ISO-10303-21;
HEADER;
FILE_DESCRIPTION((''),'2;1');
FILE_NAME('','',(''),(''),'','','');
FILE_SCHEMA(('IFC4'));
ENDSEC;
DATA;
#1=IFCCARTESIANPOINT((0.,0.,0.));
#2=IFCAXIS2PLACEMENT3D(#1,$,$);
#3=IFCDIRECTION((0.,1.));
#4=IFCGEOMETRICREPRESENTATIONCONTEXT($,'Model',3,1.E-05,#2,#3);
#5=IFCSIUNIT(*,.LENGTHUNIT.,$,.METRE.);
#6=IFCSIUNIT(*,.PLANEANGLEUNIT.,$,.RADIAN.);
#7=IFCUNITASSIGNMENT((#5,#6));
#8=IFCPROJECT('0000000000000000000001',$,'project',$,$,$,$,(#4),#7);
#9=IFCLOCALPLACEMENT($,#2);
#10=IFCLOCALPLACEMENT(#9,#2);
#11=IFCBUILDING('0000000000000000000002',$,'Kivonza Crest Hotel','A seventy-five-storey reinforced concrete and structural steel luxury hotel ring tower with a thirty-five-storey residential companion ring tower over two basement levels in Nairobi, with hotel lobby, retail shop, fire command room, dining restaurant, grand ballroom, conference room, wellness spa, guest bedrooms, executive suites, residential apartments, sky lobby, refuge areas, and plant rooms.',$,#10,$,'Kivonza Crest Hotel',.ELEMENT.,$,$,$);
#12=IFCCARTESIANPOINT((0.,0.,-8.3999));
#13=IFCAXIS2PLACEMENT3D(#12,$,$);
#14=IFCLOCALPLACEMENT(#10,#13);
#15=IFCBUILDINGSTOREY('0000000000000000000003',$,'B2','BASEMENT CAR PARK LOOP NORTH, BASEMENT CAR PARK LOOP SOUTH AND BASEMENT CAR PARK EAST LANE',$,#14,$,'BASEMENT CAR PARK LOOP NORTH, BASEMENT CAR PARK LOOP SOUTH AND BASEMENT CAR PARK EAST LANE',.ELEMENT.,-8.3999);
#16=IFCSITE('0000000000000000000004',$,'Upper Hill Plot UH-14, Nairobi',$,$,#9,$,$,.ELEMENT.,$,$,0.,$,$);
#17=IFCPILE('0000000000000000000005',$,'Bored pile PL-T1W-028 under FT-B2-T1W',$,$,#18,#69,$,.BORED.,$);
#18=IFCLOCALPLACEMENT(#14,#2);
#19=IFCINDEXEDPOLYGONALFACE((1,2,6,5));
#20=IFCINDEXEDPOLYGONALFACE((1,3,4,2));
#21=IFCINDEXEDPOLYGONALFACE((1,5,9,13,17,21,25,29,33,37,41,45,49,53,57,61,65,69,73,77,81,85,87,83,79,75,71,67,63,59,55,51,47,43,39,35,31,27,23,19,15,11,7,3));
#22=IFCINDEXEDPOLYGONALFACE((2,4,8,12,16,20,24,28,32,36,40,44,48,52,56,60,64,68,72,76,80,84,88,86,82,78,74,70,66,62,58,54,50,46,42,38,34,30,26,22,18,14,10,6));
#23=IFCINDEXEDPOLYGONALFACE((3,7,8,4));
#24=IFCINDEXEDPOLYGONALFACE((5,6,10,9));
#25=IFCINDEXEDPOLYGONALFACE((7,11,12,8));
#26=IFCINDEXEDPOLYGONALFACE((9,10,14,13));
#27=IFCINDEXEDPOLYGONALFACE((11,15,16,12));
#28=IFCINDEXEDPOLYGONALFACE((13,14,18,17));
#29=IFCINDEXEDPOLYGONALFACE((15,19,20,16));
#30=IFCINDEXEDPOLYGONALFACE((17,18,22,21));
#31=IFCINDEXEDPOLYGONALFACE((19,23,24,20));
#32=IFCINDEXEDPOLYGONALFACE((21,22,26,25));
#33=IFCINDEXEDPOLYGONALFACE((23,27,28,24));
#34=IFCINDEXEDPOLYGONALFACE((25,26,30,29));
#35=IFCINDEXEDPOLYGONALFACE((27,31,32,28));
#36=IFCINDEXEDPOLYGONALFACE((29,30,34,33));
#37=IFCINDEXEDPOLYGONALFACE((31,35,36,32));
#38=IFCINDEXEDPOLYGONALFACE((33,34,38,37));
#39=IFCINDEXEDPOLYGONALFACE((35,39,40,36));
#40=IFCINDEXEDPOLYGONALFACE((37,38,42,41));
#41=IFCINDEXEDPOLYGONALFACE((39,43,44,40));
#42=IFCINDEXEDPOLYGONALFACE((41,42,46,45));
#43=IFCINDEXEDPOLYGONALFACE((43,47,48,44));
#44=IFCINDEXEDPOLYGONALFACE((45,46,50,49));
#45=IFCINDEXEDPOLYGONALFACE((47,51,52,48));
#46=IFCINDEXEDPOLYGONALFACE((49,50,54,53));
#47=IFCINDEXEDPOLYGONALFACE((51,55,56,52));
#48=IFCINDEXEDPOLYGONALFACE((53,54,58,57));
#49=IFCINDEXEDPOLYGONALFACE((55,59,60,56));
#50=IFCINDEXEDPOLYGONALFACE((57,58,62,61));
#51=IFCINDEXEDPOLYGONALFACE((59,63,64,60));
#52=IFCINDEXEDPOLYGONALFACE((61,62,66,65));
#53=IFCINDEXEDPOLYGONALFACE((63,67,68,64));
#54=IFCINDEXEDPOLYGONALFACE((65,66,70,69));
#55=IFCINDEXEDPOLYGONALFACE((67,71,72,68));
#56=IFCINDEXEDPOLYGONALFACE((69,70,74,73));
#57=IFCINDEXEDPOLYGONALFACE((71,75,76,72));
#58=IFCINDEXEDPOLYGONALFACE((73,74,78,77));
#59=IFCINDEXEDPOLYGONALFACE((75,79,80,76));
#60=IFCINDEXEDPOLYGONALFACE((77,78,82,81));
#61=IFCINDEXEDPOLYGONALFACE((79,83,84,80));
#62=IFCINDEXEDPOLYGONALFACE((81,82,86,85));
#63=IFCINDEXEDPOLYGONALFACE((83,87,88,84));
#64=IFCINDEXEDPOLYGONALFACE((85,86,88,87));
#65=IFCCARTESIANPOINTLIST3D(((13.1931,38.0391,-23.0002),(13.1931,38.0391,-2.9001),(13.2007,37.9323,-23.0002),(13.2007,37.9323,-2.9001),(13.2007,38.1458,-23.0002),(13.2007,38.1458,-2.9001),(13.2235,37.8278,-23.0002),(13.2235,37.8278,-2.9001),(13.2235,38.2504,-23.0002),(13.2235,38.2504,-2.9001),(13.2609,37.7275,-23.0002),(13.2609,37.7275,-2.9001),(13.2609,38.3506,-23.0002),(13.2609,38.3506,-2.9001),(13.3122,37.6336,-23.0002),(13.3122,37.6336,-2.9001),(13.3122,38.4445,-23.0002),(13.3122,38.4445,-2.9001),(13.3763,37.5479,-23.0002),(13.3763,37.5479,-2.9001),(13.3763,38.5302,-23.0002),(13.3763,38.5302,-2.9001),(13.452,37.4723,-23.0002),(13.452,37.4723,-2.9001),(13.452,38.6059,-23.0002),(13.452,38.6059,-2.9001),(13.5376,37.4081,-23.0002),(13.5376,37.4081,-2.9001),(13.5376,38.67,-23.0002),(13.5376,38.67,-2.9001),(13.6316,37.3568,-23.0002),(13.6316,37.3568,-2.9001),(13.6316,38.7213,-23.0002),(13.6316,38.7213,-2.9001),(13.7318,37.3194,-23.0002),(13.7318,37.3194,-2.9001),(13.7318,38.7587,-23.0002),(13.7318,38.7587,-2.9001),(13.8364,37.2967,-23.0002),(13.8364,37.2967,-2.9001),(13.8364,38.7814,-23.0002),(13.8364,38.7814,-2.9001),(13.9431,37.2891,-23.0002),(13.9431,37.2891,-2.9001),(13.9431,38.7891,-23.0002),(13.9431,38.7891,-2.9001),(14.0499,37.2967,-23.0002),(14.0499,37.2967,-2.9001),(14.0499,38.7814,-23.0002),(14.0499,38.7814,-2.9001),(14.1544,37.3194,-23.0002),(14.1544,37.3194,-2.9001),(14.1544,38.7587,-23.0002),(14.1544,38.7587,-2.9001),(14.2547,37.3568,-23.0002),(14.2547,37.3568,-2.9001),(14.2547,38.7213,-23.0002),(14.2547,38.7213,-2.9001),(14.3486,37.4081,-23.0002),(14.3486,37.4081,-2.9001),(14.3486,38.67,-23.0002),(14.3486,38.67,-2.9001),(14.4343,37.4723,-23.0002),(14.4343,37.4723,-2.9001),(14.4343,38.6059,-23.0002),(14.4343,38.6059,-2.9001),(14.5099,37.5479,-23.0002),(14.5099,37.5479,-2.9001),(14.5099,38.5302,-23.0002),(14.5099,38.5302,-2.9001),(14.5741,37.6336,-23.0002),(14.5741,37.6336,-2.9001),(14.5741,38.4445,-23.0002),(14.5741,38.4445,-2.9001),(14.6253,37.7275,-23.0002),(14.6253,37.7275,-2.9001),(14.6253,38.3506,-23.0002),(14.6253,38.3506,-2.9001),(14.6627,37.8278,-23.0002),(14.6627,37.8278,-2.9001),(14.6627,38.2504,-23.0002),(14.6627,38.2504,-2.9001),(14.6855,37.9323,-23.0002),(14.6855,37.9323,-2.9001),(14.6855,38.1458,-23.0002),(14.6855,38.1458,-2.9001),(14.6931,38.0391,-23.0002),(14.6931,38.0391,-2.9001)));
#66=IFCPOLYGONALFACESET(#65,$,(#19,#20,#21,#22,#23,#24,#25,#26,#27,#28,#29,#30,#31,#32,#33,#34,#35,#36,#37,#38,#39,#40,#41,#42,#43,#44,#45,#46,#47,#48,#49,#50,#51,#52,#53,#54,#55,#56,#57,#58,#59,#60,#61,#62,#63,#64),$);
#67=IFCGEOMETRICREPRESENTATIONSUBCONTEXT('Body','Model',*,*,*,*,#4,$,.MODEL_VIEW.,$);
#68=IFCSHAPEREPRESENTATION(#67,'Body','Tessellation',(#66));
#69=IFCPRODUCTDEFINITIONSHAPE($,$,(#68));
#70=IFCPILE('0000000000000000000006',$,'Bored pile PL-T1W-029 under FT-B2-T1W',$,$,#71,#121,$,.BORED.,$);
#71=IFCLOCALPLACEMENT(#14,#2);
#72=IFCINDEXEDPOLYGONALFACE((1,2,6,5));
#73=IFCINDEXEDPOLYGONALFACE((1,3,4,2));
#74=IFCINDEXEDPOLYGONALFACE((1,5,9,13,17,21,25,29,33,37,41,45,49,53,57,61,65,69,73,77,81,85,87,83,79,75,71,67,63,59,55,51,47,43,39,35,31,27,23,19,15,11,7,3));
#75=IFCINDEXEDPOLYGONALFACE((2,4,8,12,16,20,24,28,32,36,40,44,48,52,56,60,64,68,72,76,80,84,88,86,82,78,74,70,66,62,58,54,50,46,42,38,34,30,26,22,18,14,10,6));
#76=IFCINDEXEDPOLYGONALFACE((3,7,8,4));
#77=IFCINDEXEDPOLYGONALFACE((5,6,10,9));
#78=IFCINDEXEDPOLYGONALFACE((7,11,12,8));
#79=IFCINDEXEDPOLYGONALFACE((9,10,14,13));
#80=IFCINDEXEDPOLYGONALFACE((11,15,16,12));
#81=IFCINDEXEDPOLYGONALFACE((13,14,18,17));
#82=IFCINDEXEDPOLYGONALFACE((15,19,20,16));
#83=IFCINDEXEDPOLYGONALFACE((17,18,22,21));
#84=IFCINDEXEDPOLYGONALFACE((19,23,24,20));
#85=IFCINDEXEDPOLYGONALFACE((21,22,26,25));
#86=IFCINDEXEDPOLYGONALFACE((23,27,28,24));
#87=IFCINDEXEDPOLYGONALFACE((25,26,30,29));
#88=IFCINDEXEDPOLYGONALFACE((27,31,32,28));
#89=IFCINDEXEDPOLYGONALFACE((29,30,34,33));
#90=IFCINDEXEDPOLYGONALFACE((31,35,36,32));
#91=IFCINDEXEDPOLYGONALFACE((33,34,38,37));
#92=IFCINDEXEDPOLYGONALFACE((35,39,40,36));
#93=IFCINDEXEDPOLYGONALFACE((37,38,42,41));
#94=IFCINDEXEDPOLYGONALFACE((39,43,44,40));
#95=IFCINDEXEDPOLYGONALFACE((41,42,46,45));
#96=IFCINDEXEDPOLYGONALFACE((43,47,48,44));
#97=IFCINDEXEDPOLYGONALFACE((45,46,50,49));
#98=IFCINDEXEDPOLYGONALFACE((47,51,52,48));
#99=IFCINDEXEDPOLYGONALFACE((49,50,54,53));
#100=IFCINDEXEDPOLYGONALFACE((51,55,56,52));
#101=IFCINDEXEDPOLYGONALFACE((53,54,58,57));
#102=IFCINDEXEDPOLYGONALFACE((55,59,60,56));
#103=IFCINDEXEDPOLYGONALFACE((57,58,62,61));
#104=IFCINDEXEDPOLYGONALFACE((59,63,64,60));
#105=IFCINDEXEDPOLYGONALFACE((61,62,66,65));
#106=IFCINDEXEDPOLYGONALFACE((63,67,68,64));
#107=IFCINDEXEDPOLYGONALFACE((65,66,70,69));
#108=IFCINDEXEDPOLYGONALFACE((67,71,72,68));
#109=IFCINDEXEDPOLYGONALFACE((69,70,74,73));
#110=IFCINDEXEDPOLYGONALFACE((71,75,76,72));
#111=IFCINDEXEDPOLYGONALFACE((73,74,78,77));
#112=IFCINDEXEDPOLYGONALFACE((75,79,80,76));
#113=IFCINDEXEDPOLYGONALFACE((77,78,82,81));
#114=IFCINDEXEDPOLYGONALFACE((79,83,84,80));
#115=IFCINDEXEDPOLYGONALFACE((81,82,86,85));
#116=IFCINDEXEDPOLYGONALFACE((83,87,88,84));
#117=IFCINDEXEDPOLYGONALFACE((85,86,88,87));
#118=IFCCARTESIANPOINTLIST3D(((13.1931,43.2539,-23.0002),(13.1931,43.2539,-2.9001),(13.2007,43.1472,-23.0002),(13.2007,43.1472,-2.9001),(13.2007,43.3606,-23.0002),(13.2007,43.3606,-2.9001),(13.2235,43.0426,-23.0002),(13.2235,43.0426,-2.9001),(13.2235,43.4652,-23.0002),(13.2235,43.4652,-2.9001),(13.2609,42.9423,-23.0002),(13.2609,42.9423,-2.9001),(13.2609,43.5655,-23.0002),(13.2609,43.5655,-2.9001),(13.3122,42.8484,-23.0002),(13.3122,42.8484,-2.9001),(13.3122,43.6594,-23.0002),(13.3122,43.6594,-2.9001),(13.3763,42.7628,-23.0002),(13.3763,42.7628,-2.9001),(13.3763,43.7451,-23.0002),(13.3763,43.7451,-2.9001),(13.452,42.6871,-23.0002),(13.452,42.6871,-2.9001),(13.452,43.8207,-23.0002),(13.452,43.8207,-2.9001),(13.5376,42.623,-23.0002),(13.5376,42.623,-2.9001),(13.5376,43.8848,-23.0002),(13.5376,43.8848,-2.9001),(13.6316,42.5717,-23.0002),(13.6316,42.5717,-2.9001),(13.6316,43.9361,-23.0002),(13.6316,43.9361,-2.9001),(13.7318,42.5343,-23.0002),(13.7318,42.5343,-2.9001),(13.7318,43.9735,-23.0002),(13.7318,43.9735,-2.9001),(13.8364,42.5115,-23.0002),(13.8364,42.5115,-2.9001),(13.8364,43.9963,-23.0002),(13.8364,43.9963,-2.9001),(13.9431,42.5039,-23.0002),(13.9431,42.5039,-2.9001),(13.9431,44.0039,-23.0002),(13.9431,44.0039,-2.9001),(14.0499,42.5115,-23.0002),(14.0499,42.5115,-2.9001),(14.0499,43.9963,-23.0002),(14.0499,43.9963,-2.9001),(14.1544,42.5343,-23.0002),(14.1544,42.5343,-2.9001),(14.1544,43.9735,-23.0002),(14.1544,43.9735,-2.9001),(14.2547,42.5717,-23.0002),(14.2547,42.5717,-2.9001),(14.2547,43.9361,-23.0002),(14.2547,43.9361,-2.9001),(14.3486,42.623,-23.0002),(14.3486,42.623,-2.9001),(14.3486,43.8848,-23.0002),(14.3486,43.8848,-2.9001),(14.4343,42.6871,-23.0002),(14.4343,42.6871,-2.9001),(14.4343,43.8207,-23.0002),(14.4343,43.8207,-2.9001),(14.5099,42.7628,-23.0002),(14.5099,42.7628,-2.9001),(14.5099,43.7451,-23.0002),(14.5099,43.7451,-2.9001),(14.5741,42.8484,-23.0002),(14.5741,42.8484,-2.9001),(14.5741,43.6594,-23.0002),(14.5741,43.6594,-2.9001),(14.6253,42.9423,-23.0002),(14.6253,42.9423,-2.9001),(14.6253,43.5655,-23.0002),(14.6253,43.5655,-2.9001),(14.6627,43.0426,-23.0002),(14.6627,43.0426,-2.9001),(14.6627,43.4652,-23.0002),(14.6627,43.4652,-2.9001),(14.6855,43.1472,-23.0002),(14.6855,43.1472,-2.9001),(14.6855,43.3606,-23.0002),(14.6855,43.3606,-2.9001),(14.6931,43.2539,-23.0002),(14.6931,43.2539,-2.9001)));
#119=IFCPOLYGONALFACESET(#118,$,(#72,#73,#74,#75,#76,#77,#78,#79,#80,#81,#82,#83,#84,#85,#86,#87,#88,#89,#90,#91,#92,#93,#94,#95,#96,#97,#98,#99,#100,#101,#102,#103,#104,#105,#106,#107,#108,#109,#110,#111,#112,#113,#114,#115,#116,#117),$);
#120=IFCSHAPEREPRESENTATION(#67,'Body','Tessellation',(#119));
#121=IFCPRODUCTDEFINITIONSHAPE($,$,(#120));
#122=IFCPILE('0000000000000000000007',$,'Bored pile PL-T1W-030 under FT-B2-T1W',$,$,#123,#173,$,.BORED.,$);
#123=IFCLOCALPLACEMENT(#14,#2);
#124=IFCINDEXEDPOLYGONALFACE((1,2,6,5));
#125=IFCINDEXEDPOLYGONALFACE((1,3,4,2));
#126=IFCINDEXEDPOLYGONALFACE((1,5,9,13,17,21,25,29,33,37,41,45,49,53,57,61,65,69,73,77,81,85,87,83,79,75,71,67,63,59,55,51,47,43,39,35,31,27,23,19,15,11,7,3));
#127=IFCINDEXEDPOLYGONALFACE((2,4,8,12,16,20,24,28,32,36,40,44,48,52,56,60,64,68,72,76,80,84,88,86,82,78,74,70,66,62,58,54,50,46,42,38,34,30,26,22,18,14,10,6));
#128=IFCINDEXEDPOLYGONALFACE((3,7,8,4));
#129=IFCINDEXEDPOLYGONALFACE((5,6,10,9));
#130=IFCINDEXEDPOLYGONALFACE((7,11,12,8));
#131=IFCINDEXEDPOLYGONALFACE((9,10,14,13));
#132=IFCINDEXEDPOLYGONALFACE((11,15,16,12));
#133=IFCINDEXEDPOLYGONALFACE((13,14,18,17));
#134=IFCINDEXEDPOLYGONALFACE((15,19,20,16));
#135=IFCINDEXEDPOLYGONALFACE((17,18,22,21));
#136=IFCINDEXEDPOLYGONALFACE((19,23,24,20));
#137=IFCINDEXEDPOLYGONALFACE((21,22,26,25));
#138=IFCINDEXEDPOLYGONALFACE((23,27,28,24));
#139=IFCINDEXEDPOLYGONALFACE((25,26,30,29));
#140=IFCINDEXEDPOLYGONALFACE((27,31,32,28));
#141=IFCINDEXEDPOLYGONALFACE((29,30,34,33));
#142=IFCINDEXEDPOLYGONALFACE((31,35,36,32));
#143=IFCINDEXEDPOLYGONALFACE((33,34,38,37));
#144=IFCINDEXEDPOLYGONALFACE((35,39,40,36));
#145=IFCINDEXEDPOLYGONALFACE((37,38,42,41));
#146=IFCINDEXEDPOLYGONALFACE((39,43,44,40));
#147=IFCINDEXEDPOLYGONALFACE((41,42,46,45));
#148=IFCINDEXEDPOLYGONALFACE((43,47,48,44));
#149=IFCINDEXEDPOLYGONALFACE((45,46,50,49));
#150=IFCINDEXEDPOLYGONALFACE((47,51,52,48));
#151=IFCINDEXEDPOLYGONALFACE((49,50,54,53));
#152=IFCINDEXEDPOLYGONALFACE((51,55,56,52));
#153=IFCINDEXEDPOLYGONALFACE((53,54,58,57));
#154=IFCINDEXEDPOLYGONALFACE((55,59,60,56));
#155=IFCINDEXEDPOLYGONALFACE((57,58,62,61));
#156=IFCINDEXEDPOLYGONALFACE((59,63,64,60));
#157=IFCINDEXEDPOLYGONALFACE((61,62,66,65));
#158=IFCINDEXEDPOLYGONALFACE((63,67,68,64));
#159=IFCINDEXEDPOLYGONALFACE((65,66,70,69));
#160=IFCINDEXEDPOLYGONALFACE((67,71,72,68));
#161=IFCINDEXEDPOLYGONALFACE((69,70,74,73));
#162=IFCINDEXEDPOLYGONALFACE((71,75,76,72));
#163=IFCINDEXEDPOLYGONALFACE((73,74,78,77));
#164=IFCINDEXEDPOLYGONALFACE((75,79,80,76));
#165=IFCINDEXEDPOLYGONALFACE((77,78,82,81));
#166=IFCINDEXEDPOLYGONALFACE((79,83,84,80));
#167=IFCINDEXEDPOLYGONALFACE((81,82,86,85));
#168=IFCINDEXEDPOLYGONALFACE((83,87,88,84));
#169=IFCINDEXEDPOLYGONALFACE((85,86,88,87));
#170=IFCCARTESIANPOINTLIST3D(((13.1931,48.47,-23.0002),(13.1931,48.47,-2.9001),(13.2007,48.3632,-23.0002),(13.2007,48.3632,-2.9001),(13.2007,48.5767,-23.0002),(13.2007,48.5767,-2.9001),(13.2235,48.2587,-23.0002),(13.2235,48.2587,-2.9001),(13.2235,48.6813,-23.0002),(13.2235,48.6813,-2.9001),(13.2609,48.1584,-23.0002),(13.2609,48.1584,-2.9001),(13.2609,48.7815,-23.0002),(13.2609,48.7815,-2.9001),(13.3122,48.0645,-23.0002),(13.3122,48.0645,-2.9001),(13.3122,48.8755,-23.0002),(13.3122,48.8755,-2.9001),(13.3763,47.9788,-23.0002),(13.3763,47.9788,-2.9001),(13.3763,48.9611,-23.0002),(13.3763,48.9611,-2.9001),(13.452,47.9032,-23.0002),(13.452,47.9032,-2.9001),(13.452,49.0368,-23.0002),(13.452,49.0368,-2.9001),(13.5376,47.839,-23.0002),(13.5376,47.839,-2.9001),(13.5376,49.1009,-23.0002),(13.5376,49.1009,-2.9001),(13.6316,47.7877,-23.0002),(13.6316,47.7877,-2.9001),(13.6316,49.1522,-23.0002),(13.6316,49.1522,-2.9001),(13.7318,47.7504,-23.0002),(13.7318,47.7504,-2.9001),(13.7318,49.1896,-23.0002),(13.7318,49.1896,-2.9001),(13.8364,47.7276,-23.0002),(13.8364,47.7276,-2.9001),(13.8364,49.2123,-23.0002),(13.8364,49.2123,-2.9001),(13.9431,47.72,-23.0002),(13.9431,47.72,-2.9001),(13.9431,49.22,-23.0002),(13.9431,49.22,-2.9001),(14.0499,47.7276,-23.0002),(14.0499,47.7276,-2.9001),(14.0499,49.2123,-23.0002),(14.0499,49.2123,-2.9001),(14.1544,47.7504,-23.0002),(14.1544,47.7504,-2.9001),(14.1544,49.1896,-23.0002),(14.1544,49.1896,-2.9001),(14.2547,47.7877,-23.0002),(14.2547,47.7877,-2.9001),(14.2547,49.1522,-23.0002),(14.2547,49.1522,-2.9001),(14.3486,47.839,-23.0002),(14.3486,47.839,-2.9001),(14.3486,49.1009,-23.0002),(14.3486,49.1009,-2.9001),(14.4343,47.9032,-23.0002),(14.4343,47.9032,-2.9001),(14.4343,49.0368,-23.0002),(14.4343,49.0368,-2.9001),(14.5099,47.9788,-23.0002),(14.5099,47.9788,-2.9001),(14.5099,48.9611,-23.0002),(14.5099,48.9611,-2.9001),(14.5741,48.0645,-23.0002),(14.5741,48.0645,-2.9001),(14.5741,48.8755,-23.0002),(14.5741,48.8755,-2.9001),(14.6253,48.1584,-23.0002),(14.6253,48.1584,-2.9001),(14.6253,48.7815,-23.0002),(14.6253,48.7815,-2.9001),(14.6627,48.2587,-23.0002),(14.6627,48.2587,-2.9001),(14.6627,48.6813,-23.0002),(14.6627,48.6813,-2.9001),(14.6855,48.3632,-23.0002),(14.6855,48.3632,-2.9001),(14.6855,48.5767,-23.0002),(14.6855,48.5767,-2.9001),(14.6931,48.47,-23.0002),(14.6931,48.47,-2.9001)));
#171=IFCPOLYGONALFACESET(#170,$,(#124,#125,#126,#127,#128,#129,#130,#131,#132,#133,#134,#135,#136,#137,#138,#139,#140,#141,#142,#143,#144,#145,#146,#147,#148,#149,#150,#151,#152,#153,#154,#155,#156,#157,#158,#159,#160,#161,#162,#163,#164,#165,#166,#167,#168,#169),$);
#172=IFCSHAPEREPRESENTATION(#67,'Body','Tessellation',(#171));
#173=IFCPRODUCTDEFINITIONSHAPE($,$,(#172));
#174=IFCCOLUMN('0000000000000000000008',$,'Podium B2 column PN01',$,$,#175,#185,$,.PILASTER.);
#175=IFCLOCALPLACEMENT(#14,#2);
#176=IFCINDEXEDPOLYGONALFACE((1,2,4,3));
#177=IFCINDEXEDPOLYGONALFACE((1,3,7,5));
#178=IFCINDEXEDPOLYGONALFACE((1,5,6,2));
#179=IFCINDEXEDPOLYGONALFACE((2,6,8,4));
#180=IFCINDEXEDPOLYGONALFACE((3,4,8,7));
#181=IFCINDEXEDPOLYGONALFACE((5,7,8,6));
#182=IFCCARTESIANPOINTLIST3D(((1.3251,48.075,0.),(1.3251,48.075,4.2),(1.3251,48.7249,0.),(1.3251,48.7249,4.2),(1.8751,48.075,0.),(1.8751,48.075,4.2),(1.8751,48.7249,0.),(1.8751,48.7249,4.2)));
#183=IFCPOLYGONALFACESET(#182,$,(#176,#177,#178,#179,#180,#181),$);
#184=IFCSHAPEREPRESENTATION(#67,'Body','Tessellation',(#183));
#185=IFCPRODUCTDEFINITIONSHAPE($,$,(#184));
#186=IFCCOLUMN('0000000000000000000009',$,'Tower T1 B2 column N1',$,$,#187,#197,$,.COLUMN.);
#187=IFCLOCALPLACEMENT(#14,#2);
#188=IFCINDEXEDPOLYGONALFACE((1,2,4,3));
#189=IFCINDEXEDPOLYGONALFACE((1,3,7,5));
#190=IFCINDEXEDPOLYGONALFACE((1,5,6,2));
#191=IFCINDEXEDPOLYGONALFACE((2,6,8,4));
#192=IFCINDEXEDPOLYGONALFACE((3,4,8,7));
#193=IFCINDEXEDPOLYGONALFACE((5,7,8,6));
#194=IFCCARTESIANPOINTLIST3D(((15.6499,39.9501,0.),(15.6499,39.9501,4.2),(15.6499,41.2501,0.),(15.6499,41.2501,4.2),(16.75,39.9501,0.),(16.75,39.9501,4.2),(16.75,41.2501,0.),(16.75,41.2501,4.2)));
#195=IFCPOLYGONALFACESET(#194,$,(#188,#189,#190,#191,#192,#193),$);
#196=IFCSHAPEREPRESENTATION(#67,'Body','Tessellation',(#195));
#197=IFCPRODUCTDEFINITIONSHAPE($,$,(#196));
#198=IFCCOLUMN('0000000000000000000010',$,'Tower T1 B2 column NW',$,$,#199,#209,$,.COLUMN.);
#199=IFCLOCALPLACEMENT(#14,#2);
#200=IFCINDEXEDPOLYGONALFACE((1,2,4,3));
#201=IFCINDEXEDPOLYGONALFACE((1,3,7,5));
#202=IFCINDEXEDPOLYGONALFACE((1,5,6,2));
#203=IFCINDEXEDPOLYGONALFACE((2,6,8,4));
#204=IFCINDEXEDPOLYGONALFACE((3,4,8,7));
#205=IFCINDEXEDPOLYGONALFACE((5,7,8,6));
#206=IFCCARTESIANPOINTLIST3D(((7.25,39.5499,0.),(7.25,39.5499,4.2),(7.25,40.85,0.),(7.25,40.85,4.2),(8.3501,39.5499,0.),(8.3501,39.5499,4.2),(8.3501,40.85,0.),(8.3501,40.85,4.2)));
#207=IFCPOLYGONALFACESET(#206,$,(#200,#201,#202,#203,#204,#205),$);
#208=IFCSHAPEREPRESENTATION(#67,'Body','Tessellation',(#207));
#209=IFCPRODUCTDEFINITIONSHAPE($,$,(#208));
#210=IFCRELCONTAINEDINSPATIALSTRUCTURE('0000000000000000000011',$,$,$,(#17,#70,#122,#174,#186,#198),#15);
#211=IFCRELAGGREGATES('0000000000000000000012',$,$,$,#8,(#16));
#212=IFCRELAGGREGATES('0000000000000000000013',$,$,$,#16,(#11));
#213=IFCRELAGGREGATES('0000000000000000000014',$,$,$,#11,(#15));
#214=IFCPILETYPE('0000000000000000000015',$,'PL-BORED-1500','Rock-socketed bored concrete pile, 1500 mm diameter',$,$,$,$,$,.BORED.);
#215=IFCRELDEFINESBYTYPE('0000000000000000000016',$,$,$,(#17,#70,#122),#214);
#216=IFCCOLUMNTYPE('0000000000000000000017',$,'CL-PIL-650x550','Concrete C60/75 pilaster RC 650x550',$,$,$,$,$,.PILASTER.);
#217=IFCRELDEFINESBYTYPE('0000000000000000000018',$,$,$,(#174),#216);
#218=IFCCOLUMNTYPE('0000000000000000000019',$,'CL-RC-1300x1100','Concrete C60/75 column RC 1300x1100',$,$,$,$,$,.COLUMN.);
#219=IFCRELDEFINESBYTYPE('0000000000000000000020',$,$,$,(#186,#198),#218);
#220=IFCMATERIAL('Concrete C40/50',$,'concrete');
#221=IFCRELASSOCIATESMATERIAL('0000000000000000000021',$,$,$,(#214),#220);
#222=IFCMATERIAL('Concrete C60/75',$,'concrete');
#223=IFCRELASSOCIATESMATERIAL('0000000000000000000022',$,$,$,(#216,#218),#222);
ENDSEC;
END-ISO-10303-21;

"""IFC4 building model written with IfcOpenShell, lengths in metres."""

from ifc_helpers import new_model, si_unit, direction, frame, origin, origin_2d, place, context, subcontext, project, spatial, rectangle, circle, extrude, material, material_profile, profile_set, type_object, element, save


model = new_model("IFC4")

# Units and contexts
model_context = context("Model", 3, precision=1e-05, world=origin(), true_north=direction((0.0, 1.0)))
body_context = subcontext(model_context, "Body", "Model", "MODEL_VIEW")
ifc_project = project(units=[si_unit("LENGTHUNIT", "METRE"), si_unit("PLANEANGLEUNIT", "RADIAN")], contexts=[model_context])

# Site, building, storey
site_placement = place(None, origin())
site = spatial("IfcSite", under=ifc_project, at=site_placement, Name="Upper Hill Plot UH-14, Nairobi", CompositionType="ELEMENT", RefElevation=0.0)
building_placement = place(site_placement, origin())
building = spatial("IfcBuilding", under=site, at=building_placement, Name="Kivonza Crest Hotel", Description="A seventy-five-storey reinforced concrete and structural steel luxury hotel ring tower with a thirty-five-storey residential companion ring tower over two basement levels in Nairobi, with hotel lobby, retail shop, fire command room, dining restaurant, grand ballroom, conference room, wellness spa, guest bedrooms, executive suites, residential apartments, sky lobby, refuge areas, and plant rooms.", LongName="Kivonza Crest Hotel", CompositionType="ELEMENT")
storey_placement = place(building_placement, frame((0.0, 0.0, -8.3999)))
storey = spatial("IfcBuildingStorey", under=building, at=storey_placement, Name="B2", Description="BASEMENT CAR PARK LOOP NORTH, BASEMENT CAR PARK LOOP SOUTH AND BASEMENT CAR PARK EAST LANE", LongName="BASEMENT CAR PARK LOOP NORTH, BASEMENT CAR PARK LOOP SOUTH AND BASEMENT CAR PARK EAST LANE", CompositionType="ELEMENT", Elevation=-8.3999)

# Piles
ifc_material_1 = material(Name="Concrete C40/50", Category="concrete")
ifc_material_profile_1 = material_profile(ifc_material_1, circle(Radius=0.75, at=origin_2d()), Name="PILE D1500")
ifc_profile_set_1 = profile_set([ifc_material_profile_1], Name="Concrete C40/50")
pile_type = type_object("IfcPileType", Name="PL-BORED-1500", Description="Rock-socketed bored concrete pile, 1500 mm diameter", PredefinedType="BORED", material=ifc_profile_set_1)
for number, where, z_axis, x_axis, name in (
    (1, (13.9431, 38.0391, -2.9001), (0.0, 0.0, -1.0), (1.0, 0.0, 0.0), "Bored pile PL-T1W-028 under FT-B2-T1W"),
    (2, (13.9431, 43.2539, -2.9001), (0.0, 0.0, -1.0), (1.0, 0.0, 0.0), "Bored pile PL-T1W-029 under FT-B2-T1W"),
    (3, (13.9431, 48.47, -2.9001), (0.0, 0.0, -1.0), (1.0, 0.0, 0.0), "Bored pile PL-T1W-030 under FT-B2-T1W"),
):
    element("IfcPile", number, at=place(storey_placement, frame(where, z_axis=z_axis, x_axis=x_axis)), inside=storey, type_object=pile_type, Name=name, PredefinedType="BORED", context=body_context, shape_type="SweptSolid", body=[
        extrude(circle(Radius=0.75, at=origin_2d()), origin(), (0.0, 0.0, 1.0), 20.1001),
    ])

# Columns
ifc_material_2 = material(Name="Concrete C60/75", Category="concrete")
ifc_material_profile_2 = material_profile(ifc_material_2, rectangle(XDim=0.55, YDim=0.6499, at=origin_2d()), Name="RC 650x550")
ifc_profile_set_2 = profile_set([ifc_material_profile_2], Name="Concrete C60/75")
column_type_1 = type_object("IfcColumnType", Name="CL-PIL-650x550", Description="Concrete C60/75 pilaster RC 650x550", PredefinedType="PILASTER", material=ifc_profile_set_2)
column_placement = place(storey_placement, frame((1.6001, 48.3999, 0.0), z_axis=(0.0, 0.0, 1.0), x_axis=(1.0, 0.0, 0.0)))
element("IfcColumn", 4, at=column_placement, inside=storey, type_object=column_type_1, Name="Podium B2 column PN01", PredefinedType="PILASTER", context=body_context, shape_type="SweptSolid", body=[
    extrude(rectangle(XDim=0.55, YDim=0.6499, at=origin_2d()), origin(), (0.0, 0.0, 1.0), 4.2),
])
ifc_material_profile_3 = material_profile(ifc_material_2, rectangle(XDim=1.1001, YDim=1.3, at=origin_2d()), Name="RC 1300x1100")
ifc_profile_set_3 = profile_set([ifc_material_profile_3], Name="Concrete C60/75")
column_type_2 = type_object("IfcColumnType", Name="CL-RC-1300x1100", Description="Concrete C60/75 column RC 1300x1100", PredefinedType="COLUMN", material=ifc_profile_set_3)
for number, where, z_axis, x_axis, name in (
    (5, (16.2, 40.6001, 0.0), (0.0, 0.0, 1.0), (1.0, 0.0, 0.0), "Tower T1 B2 column N1"),
    (6, (7.8, 40.2, 0.0), (0.0, 0.0, 1.0), (1.0, 0.0, 0.0), "Tower T1 B2 column NW"),
):
    element("IfcColumn", number, at=place(storey_placement, frame(where, z_axis=z_axis, x_axis=x_axis)), inside=storey, type_object=column_type_2, Name=name, PredefinedType="COLUMN", context=body_context, shape_type="SweptSolid", body=[
        extrude(rectangle(XDim=1.1001, YDim=1.3, at=origin_2d()), origin(), (0.0, 0.0, 1.0), 4.2),
    ])

save(model, "model.ifc")
